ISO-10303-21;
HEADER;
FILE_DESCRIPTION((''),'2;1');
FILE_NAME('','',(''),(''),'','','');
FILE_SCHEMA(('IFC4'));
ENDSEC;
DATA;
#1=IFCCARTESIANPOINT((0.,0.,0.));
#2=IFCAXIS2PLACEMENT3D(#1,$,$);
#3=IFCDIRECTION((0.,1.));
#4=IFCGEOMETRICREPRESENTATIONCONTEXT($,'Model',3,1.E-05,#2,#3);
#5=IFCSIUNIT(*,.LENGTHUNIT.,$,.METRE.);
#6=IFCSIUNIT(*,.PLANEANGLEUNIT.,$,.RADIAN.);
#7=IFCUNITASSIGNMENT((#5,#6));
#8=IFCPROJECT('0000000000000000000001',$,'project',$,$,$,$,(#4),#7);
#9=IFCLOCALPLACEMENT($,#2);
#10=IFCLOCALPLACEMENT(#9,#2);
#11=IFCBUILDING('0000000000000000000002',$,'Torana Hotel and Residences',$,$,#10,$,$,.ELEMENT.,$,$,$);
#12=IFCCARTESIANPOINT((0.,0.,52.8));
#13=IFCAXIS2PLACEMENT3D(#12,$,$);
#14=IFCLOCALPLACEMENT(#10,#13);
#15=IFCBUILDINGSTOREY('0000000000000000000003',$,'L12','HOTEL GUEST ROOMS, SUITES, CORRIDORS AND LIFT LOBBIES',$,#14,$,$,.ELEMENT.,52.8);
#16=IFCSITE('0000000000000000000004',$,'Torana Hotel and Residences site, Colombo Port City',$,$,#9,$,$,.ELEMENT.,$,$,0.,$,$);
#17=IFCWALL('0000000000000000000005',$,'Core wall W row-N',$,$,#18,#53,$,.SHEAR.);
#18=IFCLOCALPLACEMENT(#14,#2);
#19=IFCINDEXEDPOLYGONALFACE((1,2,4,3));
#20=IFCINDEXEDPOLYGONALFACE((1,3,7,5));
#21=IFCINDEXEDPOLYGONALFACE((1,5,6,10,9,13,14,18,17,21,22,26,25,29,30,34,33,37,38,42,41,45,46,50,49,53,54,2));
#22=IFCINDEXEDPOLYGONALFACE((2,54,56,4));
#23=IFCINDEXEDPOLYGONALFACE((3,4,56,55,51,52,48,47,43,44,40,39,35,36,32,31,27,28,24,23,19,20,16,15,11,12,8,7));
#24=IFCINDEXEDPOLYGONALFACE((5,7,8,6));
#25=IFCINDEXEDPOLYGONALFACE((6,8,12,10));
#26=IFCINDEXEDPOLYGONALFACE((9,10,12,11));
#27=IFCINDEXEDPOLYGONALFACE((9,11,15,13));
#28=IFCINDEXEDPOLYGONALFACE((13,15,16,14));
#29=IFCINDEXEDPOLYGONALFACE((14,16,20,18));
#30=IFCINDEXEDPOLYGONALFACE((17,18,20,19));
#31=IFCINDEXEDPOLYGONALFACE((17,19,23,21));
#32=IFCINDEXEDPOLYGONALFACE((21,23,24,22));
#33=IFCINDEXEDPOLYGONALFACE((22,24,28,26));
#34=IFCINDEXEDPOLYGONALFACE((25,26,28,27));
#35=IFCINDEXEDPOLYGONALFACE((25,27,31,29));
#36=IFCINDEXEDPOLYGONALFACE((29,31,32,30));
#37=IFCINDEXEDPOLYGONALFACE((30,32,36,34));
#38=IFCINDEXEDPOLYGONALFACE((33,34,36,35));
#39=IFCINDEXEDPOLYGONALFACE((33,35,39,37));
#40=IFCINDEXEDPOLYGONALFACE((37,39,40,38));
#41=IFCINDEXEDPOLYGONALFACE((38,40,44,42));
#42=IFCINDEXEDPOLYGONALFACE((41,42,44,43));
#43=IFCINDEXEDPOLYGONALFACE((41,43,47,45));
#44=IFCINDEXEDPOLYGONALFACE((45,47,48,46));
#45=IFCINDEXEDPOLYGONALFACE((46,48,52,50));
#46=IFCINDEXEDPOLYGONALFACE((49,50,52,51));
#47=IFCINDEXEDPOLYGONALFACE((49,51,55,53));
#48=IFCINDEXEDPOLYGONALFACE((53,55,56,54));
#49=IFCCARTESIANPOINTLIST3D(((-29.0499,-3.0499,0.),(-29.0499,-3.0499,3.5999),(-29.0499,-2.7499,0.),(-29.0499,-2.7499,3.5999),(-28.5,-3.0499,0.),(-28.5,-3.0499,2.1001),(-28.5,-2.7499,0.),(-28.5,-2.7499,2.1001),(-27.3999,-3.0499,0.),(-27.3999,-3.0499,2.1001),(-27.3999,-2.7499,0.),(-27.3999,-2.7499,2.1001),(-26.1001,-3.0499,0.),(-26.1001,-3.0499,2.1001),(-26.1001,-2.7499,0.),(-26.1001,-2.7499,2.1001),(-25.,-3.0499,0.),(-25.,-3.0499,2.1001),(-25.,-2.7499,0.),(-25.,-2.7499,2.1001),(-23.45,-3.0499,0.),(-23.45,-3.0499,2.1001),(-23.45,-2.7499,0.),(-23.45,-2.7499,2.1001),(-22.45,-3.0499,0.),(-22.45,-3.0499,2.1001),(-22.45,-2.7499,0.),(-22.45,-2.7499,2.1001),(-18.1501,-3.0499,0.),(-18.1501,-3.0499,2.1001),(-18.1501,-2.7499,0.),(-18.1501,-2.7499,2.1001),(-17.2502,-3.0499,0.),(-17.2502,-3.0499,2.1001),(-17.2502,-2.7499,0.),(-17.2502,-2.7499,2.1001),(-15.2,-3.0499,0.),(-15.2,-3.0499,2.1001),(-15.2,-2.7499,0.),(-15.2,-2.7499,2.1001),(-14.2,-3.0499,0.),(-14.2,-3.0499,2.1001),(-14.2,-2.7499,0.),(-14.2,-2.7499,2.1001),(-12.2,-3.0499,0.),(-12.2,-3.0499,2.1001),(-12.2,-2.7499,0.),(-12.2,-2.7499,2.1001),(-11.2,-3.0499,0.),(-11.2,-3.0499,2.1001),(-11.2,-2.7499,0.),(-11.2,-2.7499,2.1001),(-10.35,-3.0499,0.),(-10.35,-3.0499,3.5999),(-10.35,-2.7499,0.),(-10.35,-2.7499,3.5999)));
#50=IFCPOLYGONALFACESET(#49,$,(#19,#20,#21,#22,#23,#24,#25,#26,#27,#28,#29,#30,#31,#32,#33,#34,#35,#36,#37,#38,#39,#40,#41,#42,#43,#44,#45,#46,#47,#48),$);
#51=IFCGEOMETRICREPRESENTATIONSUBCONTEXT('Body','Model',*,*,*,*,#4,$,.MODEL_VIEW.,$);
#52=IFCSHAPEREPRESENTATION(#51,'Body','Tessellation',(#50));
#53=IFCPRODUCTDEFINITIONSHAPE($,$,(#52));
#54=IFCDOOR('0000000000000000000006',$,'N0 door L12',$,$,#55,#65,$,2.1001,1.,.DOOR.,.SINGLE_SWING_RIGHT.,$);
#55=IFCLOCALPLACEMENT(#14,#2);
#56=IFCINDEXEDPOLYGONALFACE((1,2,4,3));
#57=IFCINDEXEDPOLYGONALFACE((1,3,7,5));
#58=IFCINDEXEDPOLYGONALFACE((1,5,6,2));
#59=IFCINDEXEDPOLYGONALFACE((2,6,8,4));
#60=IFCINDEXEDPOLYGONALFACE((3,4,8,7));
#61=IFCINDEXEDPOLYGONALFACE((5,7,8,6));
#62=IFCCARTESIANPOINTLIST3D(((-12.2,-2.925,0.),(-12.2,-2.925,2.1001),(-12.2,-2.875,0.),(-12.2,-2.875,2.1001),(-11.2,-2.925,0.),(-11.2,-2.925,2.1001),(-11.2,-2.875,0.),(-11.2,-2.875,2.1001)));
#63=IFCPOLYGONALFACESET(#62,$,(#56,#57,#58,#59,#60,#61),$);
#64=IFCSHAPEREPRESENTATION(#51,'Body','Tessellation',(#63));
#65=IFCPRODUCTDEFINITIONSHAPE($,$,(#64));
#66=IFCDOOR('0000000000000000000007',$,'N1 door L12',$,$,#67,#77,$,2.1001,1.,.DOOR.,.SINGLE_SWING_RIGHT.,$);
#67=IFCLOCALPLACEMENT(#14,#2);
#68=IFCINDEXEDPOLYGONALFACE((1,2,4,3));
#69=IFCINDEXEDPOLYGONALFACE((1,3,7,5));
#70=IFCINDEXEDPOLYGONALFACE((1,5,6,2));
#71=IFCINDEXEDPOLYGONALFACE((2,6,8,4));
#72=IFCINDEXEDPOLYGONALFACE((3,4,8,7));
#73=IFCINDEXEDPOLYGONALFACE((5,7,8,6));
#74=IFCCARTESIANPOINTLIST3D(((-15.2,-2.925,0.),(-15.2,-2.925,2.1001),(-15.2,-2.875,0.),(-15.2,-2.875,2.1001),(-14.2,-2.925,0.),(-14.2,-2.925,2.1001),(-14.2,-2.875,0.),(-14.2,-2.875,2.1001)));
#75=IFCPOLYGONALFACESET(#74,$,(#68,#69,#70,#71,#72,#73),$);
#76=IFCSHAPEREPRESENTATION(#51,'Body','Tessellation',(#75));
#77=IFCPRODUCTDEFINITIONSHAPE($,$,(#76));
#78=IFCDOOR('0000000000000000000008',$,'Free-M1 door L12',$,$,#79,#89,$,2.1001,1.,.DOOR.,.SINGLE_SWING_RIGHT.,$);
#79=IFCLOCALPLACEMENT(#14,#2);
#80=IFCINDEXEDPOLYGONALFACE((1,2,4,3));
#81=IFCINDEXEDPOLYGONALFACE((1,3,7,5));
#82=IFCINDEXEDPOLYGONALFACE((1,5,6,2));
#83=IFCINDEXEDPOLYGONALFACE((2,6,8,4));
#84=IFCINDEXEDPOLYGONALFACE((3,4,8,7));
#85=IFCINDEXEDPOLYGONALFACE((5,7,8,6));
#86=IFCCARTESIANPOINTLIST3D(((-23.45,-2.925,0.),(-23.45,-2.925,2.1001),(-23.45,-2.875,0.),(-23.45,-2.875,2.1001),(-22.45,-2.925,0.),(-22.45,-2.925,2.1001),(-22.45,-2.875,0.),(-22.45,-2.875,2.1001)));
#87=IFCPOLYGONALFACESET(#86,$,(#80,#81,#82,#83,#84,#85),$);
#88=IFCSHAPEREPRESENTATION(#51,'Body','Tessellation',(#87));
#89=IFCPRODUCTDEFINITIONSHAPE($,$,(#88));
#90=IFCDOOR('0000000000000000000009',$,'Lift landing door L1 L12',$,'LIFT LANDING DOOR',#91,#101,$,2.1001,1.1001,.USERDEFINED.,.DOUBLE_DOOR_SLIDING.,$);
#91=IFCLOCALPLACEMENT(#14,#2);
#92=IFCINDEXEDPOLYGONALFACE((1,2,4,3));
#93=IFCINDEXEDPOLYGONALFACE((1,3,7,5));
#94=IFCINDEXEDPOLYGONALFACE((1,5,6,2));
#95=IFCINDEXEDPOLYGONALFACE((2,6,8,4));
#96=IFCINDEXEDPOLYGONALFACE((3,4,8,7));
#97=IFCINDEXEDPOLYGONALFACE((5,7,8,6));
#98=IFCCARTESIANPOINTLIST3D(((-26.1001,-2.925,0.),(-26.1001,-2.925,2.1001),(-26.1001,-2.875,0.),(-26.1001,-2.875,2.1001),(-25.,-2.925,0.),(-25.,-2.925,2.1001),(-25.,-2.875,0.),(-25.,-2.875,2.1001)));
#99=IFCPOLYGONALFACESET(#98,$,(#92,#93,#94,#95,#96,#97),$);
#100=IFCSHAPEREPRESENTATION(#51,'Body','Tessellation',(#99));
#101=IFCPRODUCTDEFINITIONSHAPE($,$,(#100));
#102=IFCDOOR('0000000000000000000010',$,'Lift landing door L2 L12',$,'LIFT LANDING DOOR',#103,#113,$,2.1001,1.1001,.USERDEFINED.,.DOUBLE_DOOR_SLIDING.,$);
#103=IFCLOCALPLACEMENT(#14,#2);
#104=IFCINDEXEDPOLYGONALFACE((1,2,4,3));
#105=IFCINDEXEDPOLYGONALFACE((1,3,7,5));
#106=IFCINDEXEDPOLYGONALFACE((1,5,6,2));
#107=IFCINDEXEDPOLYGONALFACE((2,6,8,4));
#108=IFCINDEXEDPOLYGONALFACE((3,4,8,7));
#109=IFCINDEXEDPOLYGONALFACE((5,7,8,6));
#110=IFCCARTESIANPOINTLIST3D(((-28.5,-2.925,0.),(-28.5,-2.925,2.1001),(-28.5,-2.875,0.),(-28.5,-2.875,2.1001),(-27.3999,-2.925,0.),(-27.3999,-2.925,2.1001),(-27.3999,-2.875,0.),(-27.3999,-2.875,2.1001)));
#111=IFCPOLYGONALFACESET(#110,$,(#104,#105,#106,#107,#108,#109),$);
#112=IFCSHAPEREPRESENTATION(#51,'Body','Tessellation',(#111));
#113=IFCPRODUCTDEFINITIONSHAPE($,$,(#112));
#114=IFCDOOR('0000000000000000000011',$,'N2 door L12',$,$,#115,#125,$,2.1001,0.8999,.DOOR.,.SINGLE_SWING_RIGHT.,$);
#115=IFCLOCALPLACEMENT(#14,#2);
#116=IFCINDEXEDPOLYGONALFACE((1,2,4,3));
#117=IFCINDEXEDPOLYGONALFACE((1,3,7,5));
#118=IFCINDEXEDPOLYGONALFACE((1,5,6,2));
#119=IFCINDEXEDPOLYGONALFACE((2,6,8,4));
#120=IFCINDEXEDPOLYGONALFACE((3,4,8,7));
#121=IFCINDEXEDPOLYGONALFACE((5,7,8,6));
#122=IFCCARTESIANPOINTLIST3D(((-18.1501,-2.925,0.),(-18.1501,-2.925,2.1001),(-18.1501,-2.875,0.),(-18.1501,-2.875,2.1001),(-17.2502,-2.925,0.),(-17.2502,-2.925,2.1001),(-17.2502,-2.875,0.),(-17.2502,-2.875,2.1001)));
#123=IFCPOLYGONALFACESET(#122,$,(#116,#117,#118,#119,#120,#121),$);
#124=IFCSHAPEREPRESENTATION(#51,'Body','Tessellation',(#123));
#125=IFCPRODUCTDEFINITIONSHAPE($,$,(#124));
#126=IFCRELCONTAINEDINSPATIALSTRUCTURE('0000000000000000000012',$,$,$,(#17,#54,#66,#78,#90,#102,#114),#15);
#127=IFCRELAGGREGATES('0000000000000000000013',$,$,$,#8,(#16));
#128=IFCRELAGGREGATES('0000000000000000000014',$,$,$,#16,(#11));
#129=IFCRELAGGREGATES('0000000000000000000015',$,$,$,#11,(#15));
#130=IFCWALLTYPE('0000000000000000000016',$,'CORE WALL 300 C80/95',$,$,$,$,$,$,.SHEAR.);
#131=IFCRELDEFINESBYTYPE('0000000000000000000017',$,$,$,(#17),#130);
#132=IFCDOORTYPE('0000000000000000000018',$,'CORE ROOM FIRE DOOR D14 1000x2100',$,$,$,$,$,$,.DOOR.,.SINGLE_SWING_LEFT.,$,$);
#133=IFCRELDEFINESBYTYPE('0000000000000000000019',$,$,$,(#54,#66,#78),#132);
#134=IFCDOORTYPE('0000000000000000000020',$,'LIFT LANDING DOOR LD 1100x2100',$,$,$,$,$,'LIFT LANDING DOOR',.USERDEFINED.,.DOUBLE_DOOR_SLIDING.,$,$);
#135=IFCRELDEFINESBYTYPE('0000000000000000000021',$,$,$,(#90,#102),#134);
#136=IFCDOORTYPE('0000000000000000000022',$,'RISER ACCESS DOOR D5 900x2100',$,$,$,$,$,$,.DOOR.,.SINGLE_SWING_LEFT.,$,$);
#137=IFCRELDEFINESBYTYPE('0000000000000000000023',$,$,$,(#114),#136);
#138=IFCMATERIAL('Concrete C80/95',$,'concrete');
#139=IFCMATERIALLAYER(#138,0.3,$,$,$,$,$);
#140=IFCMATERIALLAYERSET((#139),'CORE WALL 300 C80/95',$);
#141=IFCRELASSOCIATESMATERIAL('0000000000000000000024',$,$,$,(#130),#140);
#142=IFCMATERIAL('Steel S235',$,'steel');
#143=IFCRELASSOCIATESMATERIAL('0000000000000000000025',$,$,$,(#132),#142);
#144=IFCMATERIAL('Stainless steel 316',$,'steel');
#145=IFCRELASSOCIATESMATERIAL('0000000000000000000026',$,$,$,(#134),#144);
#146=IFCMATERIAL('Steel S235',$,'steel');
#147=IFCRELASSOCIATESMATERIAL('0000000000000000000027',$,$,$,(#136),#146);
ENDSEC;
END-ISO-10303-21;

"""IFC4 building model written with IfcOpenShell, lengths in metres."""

from ifc_helpers import new_model, si_unit, direction, frame, frame_2d, origin, place, context, subcontext, project, spatial, rectangle, extrude, material, layer, layer_set, type_object, element, fill, save


model = new_model("IFC4")

# Units and contexts
model_context = context("Model", 3, precision=1e-05, world=origin(), true_north=direction((0.0, 1.0)))
body_context = subcontext(model_context, "Body", "Model", "MODEL_VIEW")
ifc_project = project(units=[si_unit("LENGTHUNIT", "METRE"), si_unit("PLANEANGLEUNIT", "RADIAN")], contexts=[model_context])

# Site, building, storey
site_placement = place(None, origin())
site = spatial("IfcSite", under=ifc_project, at=site_placement, Name="Torana Hotel and Residences site, Colombo Port City", CompositionType="ELEMENT", RefElevation=0.0)
building_placement = place(site_placement, origin())
building = spatial("IfcBuilding", under=site, at=building_placement, Name="Torana Hotel and Residences", CompositionType="ELEMENT")
storey_placement = place(building_placement, frame((0.0, 0.0, 52.8)))
storey = spatial("IfcBuildingStorey", under=building, at=storey_placement, Name="L12", Description="HOTEL GUEST ROOMS, SUITES, CORRIDORS AND LIFT LOBBIES", CompositionType="ELEMENT", Elevation=52.8)

# Wall, openings, doors
ifc_material_1 = material(Name="Concrete C80/95", Category="concrete")
ifc_layer_1 = layer(ifc_material_1, 0.3)
ifc_layer_set_1 = layer_set([ifc_layer_1], Name="CORE WALL 300 C80/95")
wall_type_1 = type_object("IfcWallType", Name="CORE WALL 300 C80/95", PredefinedType="SHEAR", material=ifc_layer_set_1)
wall_1_placement = place(storey_placement, frame((-29.05, -2.8999, 0.0), z_axis=(0.0, 0.0, 1.0), x_axis=(1.0, 0.0, 0.0)))
wall_1 = element("IfcWall", 1, at=wall_1_placement, inside=storey, type_object=wall_type_1, Name="Core wall W row-N", PredefinedType="SHEAR", context=body_context, shape_type="SweptSolid", body=[
    extrude(rectangle(XDim=18.7, YDim=0.3, at=frame_2d((9.3501, 0.0))), origin(), (0.0, 0.0, 1.0), 3.5999),
])
opening_1_placement = place(wall_1_placement, frame((2.95, 0.0, 0.0)))
opening_1 = element("IfcOpeningElement", 2, at=opening_1_placement, cuts=wall_1, PredefinedType="OPENING", context=body_context, shape_type="SweptSolid", body=[
    extrude(rectangle(XDim=1.1001, YDim=2.1001, at=frame_2d((0.55, 1.05))), frame((0.0, 0.1599, 0.0), z_axis=(0.0, -1.0, 0.0), x_axis=(1.0, 0.0, 0.0)), (0.0, 0.0, 1.0), 0.3201),
])
opening_2_placement = place(wall_1_placement, frame((0.55, 0.0, 0.0)))
opening_2 = element("IfcOpeningElement", 3, at=opening_2_placement, cuts=wall_1, PredefinedType="OPENING", context=body_context, shape_type="SweptSolid", body=[
    extrude(rectangle(XDim=1.1001, YDim=2.1001, at=frame_2d((0.55, 1.05))), frame((0.0, 0.1599, 0.0), z_axis=(0.0, -1.0, 0.0), x_axis=(1.0, 0.0, 0.0)), (0.0, 0.0, 1.0), 0.3201),
])
opening_3_placement = place(wall_1_placement, frame((10.8999, 0.0, 0.0)))
opening_3 = element("IfcOpeningElement", 4, at=opening_3_placement, cuts=wall_1, PredefinedType="OPENING", context=body_context, shape_type="SweptSolid", body=[
    extrude(rectangle(XDim=0.8999, YDim=2.1001, at=frame_2d((0.45, 1.05))), frame((0.0, 0.1599, 0.0), z_axis=(0.0, -1.0, 0.0), x_axis=(1.0, 0.0, 0.0)), (0.0, 0.0, 1.0), 0.3201),
])
opening_4_placement = place(wall_1_placement, frame((16.8501, 0.0, 0.0)))
opening_4 = element("IfcOpeningElement", 5, at=opening_4_placement, cuts=wall_1, PredefinedType="OPENING", context=body_context, shape_type="SweptSolid", body=[
    extrude(rectangle(XDim=1.0, YDim=2.1001, at=frame_2d((0.5, 1.05))), frame((0.0, 0.1599, 0.0), z_axis=(0.0, -1.0, 0.0), x_axis=(1.0, 0.0, 0.0)), (0.0, 0.0, 1.0), 0.3201),
])
opening_5_placement = place(wall_1_placement, frame((13.8501, 0.0, 0.0)))
opening_5 = element("IfcOpeningElement", 6, at=opening_5_placement, cuts=wall_1, PredefinedType="OPENING", context=body_context, shape_type="SweptSolid", body=[
    extrude(rectangle(XDim=1.0, YDim=2.1001, at=frame_2d((0.5, 1.05))), frame((0.0, 0.1599, 0.0), z_axis=(0.0, -1.0, 0.0), x_axis=(1.0, 0.0, 0.0)), (0.0, 0.0, 1.0), 0.3201),
])
opening_6_placement = place(wall_1_placement, frame((5.6001, 0.0, 0.0)))
opening_6 = element("IfcOpeningElement", 7, at=opening_6_placement, cuts=wall_1, PredefinedType="OPENING", context=body_context, shape_type="SweptSolid", body=[
    extrude(rectangle(XDim=1.0, YDim=2.1001, at=frame_2d((0.5, 1.05))), frame((0.0, 0.1599, 0.0), z_axis=(0.0, -1.0, 0.0), x_axis=(1.0, 0.0, 0.0)), (0.0, 0.0, 1.0), 0.3201),
])
ifc_material_2 = material(Name="Steel S235", Category="steel")
door_type_1 = type_object("IfcDoorType", Name="CORE ROOM FIRE DOOR D14 1000x2100", OperationType="SINGLE_SWING_LEFT", PredefinedType="DOOR", material=ifc_material_2)
door_1_placement = place(opening_4_placement, origin())
door_1 = element("IfcDoor", 8, at=door_1_placement, inside=storey, type_object=door_type_1, Name="N0 door L12", OperationType="SINGLE_SWING_RIGHT", OverallHeight=2.1001, OverallWidth=1.0, PredefinedType="DOOR", context=body_context, shape_type="SweptSolid", body=[
    extrude(rectangle(XDim=1.0, YDim=2.1001, at=frame_2d((0.5, 1.05))), frame((0.0, 0.0249, 0.0), z_axis=(0.0, -1.0, 0.0), x_axis=(1.0, 0.0, 0.0)), (0.0, 0.0, 1.0), 0.05),
])
fill(opening_4, door_1)
door_2_placement = place(opening_5_placement, origin())
door_2 = element("IfcDoor", 9, at=door_2_placement, inside=storey, type_object=door_type_1, Name="N1 door L12", OperationType="SINGLE_SWING_RIGHT", OverallHeight=2.1001, OverallWidth=1.0, PredefinedType="DOOR", context=body_context, shape_type="SweptSolid", body=[
    extrude(rectangle(XDim=1.0, YDim=2.1001, at=frame_2d((0.5, 1.05))), frame((0.0, 0.0249, 0.0), z_axis=(0.0, -1.0, 0.0), x_axis=(1.0, 0.0, 0.0)), (0.0, 0.0, 1.0), 0.05),
])
fill(opening_5, door_2)
door_3_placement = place(opening_6_placement, origin())
door_3 = element("IfcDoor", 10, at=door_3_placement, inside=storey, type_object=door_type_1, Name="Free-M1 door L12", OperationType="SINGLE_SWING_RIGHT", OverallHeight=2.1001, OverallWidth=1.0, PredefinedType="DOOR", context=body_context, shape_type="SweptSolid", body=[
    extrude(rectangle(XDim=1.0, YDim=2.1001, at=frame_2d((0.5, 1.05))), frame((0.0, 0.0249, 0.0), z_axis=(0.0, -1.0, 0.0), x_axis=(1.0, 0.0, 0.0)), (0.0, 0.0, 1.0), 0.05),
])
fill(opening_6, door_3)
ifc_material_3 = material(Name="Stainless steel 316", Category="steel")
door_type_2 = type_object("IfcDoorType", Name="LIFT LANDING DOOR LD 1100x2100", ElementType="LIFT LANDING DOOR", OperationType="DOUBLE_DOOR_SLIDING", PredefinedType="USERDEFINED", material=ifc_material_3)
door_4_placement = place(opening_1_placement, origin())
door_4 = element("IfcDoor", 11, at=door_4_placement, inside=storey, type_object=door_type_2, Name="Lift landing door L1 L12", ObjectType="LIFT LANDING DOOR", OperationType="DOUBLE_DOOR_SLIDING", OverallHeight=2.1001, OverallWidth=1.1001, PredefinedType="USERDEFINED", context=body_context, shape_type="SweptSolid", body=[
    extrude(rectangle(XDim=1.1001, YDim=2.1001, at=frame_2d((0.55, 1.05))), frame((0.0, 0.0249, 0.0), z_axis=(0.0, -1.0, 0.0), x_axis=(1.0, 0.0, 0.0)), (0.0, 0.0, 1.0), 0.05),
])
fill(opening_1, door_4)
door_5_placement = place(opening_2_placement, origin())
door_5 = element("IfcDoor", 12, at=door_5_placement, inside=storey, type_object=door_type_2, Name="Lift landing door L2 L12", ObjectType="LIFT LANDING DOOR", OperationType="DOUBLE_DOOR_SLIDING", OverallHeight=2.1001, OverallWidth=1.1001, PredefinedType="USERDEFINED", context=body_context, shape_type="SweptSolid", body=[
    extrude(rectangle(XDim=1.1001, YDim=2.1001, at=frame_2d((0.55, 1.05))), frame((0.0, 0.0249, 0.0), z_axis=(0.0, -1.0, 0.0), x_axis=(1.0, 0.0, 0.0)), (0.0, 0.0, 1.0), 0.05),
])
fill(opening_2, door_5)
ifc_material_4 = material(Name="Steel S235", Category="steel")
door_type_3 = type_object("IfcDoorType", Name="RISER ACCESS DOOR D5 900x2100", OperationType="SINGLE_SWING_LEFT", PredefinedType="DOOR", material=ifc_material_4)
door_6_placement = place(opening_3_placement, origin())
door_6 = element("IfcDoor", 13, at=door_6_placement, inside=storey, type_object=door_type_3, Name="N2 door L12", OperationType="SINGLE_SWING_RIGHT", OverallHeight=2.1001, OverallWidth=0.8999, PredefinedType="DOOR", context=body_context, shape_type="SweptSolid", body=[
    extrude(rectangle(XDim=0.8999, YDim=2.1001, at=frame_2d((0.45, 1.05))), frame((0.0, 0.0249, 0.0), z_axis=(0.0, -1.0, 0.0), x_axis=(1.0, 0.0, 0.0)), (0.0, 0.0, 1.0), 0.05),
])
fill(opening_3, door_6)

save(model, "model.ifc")
